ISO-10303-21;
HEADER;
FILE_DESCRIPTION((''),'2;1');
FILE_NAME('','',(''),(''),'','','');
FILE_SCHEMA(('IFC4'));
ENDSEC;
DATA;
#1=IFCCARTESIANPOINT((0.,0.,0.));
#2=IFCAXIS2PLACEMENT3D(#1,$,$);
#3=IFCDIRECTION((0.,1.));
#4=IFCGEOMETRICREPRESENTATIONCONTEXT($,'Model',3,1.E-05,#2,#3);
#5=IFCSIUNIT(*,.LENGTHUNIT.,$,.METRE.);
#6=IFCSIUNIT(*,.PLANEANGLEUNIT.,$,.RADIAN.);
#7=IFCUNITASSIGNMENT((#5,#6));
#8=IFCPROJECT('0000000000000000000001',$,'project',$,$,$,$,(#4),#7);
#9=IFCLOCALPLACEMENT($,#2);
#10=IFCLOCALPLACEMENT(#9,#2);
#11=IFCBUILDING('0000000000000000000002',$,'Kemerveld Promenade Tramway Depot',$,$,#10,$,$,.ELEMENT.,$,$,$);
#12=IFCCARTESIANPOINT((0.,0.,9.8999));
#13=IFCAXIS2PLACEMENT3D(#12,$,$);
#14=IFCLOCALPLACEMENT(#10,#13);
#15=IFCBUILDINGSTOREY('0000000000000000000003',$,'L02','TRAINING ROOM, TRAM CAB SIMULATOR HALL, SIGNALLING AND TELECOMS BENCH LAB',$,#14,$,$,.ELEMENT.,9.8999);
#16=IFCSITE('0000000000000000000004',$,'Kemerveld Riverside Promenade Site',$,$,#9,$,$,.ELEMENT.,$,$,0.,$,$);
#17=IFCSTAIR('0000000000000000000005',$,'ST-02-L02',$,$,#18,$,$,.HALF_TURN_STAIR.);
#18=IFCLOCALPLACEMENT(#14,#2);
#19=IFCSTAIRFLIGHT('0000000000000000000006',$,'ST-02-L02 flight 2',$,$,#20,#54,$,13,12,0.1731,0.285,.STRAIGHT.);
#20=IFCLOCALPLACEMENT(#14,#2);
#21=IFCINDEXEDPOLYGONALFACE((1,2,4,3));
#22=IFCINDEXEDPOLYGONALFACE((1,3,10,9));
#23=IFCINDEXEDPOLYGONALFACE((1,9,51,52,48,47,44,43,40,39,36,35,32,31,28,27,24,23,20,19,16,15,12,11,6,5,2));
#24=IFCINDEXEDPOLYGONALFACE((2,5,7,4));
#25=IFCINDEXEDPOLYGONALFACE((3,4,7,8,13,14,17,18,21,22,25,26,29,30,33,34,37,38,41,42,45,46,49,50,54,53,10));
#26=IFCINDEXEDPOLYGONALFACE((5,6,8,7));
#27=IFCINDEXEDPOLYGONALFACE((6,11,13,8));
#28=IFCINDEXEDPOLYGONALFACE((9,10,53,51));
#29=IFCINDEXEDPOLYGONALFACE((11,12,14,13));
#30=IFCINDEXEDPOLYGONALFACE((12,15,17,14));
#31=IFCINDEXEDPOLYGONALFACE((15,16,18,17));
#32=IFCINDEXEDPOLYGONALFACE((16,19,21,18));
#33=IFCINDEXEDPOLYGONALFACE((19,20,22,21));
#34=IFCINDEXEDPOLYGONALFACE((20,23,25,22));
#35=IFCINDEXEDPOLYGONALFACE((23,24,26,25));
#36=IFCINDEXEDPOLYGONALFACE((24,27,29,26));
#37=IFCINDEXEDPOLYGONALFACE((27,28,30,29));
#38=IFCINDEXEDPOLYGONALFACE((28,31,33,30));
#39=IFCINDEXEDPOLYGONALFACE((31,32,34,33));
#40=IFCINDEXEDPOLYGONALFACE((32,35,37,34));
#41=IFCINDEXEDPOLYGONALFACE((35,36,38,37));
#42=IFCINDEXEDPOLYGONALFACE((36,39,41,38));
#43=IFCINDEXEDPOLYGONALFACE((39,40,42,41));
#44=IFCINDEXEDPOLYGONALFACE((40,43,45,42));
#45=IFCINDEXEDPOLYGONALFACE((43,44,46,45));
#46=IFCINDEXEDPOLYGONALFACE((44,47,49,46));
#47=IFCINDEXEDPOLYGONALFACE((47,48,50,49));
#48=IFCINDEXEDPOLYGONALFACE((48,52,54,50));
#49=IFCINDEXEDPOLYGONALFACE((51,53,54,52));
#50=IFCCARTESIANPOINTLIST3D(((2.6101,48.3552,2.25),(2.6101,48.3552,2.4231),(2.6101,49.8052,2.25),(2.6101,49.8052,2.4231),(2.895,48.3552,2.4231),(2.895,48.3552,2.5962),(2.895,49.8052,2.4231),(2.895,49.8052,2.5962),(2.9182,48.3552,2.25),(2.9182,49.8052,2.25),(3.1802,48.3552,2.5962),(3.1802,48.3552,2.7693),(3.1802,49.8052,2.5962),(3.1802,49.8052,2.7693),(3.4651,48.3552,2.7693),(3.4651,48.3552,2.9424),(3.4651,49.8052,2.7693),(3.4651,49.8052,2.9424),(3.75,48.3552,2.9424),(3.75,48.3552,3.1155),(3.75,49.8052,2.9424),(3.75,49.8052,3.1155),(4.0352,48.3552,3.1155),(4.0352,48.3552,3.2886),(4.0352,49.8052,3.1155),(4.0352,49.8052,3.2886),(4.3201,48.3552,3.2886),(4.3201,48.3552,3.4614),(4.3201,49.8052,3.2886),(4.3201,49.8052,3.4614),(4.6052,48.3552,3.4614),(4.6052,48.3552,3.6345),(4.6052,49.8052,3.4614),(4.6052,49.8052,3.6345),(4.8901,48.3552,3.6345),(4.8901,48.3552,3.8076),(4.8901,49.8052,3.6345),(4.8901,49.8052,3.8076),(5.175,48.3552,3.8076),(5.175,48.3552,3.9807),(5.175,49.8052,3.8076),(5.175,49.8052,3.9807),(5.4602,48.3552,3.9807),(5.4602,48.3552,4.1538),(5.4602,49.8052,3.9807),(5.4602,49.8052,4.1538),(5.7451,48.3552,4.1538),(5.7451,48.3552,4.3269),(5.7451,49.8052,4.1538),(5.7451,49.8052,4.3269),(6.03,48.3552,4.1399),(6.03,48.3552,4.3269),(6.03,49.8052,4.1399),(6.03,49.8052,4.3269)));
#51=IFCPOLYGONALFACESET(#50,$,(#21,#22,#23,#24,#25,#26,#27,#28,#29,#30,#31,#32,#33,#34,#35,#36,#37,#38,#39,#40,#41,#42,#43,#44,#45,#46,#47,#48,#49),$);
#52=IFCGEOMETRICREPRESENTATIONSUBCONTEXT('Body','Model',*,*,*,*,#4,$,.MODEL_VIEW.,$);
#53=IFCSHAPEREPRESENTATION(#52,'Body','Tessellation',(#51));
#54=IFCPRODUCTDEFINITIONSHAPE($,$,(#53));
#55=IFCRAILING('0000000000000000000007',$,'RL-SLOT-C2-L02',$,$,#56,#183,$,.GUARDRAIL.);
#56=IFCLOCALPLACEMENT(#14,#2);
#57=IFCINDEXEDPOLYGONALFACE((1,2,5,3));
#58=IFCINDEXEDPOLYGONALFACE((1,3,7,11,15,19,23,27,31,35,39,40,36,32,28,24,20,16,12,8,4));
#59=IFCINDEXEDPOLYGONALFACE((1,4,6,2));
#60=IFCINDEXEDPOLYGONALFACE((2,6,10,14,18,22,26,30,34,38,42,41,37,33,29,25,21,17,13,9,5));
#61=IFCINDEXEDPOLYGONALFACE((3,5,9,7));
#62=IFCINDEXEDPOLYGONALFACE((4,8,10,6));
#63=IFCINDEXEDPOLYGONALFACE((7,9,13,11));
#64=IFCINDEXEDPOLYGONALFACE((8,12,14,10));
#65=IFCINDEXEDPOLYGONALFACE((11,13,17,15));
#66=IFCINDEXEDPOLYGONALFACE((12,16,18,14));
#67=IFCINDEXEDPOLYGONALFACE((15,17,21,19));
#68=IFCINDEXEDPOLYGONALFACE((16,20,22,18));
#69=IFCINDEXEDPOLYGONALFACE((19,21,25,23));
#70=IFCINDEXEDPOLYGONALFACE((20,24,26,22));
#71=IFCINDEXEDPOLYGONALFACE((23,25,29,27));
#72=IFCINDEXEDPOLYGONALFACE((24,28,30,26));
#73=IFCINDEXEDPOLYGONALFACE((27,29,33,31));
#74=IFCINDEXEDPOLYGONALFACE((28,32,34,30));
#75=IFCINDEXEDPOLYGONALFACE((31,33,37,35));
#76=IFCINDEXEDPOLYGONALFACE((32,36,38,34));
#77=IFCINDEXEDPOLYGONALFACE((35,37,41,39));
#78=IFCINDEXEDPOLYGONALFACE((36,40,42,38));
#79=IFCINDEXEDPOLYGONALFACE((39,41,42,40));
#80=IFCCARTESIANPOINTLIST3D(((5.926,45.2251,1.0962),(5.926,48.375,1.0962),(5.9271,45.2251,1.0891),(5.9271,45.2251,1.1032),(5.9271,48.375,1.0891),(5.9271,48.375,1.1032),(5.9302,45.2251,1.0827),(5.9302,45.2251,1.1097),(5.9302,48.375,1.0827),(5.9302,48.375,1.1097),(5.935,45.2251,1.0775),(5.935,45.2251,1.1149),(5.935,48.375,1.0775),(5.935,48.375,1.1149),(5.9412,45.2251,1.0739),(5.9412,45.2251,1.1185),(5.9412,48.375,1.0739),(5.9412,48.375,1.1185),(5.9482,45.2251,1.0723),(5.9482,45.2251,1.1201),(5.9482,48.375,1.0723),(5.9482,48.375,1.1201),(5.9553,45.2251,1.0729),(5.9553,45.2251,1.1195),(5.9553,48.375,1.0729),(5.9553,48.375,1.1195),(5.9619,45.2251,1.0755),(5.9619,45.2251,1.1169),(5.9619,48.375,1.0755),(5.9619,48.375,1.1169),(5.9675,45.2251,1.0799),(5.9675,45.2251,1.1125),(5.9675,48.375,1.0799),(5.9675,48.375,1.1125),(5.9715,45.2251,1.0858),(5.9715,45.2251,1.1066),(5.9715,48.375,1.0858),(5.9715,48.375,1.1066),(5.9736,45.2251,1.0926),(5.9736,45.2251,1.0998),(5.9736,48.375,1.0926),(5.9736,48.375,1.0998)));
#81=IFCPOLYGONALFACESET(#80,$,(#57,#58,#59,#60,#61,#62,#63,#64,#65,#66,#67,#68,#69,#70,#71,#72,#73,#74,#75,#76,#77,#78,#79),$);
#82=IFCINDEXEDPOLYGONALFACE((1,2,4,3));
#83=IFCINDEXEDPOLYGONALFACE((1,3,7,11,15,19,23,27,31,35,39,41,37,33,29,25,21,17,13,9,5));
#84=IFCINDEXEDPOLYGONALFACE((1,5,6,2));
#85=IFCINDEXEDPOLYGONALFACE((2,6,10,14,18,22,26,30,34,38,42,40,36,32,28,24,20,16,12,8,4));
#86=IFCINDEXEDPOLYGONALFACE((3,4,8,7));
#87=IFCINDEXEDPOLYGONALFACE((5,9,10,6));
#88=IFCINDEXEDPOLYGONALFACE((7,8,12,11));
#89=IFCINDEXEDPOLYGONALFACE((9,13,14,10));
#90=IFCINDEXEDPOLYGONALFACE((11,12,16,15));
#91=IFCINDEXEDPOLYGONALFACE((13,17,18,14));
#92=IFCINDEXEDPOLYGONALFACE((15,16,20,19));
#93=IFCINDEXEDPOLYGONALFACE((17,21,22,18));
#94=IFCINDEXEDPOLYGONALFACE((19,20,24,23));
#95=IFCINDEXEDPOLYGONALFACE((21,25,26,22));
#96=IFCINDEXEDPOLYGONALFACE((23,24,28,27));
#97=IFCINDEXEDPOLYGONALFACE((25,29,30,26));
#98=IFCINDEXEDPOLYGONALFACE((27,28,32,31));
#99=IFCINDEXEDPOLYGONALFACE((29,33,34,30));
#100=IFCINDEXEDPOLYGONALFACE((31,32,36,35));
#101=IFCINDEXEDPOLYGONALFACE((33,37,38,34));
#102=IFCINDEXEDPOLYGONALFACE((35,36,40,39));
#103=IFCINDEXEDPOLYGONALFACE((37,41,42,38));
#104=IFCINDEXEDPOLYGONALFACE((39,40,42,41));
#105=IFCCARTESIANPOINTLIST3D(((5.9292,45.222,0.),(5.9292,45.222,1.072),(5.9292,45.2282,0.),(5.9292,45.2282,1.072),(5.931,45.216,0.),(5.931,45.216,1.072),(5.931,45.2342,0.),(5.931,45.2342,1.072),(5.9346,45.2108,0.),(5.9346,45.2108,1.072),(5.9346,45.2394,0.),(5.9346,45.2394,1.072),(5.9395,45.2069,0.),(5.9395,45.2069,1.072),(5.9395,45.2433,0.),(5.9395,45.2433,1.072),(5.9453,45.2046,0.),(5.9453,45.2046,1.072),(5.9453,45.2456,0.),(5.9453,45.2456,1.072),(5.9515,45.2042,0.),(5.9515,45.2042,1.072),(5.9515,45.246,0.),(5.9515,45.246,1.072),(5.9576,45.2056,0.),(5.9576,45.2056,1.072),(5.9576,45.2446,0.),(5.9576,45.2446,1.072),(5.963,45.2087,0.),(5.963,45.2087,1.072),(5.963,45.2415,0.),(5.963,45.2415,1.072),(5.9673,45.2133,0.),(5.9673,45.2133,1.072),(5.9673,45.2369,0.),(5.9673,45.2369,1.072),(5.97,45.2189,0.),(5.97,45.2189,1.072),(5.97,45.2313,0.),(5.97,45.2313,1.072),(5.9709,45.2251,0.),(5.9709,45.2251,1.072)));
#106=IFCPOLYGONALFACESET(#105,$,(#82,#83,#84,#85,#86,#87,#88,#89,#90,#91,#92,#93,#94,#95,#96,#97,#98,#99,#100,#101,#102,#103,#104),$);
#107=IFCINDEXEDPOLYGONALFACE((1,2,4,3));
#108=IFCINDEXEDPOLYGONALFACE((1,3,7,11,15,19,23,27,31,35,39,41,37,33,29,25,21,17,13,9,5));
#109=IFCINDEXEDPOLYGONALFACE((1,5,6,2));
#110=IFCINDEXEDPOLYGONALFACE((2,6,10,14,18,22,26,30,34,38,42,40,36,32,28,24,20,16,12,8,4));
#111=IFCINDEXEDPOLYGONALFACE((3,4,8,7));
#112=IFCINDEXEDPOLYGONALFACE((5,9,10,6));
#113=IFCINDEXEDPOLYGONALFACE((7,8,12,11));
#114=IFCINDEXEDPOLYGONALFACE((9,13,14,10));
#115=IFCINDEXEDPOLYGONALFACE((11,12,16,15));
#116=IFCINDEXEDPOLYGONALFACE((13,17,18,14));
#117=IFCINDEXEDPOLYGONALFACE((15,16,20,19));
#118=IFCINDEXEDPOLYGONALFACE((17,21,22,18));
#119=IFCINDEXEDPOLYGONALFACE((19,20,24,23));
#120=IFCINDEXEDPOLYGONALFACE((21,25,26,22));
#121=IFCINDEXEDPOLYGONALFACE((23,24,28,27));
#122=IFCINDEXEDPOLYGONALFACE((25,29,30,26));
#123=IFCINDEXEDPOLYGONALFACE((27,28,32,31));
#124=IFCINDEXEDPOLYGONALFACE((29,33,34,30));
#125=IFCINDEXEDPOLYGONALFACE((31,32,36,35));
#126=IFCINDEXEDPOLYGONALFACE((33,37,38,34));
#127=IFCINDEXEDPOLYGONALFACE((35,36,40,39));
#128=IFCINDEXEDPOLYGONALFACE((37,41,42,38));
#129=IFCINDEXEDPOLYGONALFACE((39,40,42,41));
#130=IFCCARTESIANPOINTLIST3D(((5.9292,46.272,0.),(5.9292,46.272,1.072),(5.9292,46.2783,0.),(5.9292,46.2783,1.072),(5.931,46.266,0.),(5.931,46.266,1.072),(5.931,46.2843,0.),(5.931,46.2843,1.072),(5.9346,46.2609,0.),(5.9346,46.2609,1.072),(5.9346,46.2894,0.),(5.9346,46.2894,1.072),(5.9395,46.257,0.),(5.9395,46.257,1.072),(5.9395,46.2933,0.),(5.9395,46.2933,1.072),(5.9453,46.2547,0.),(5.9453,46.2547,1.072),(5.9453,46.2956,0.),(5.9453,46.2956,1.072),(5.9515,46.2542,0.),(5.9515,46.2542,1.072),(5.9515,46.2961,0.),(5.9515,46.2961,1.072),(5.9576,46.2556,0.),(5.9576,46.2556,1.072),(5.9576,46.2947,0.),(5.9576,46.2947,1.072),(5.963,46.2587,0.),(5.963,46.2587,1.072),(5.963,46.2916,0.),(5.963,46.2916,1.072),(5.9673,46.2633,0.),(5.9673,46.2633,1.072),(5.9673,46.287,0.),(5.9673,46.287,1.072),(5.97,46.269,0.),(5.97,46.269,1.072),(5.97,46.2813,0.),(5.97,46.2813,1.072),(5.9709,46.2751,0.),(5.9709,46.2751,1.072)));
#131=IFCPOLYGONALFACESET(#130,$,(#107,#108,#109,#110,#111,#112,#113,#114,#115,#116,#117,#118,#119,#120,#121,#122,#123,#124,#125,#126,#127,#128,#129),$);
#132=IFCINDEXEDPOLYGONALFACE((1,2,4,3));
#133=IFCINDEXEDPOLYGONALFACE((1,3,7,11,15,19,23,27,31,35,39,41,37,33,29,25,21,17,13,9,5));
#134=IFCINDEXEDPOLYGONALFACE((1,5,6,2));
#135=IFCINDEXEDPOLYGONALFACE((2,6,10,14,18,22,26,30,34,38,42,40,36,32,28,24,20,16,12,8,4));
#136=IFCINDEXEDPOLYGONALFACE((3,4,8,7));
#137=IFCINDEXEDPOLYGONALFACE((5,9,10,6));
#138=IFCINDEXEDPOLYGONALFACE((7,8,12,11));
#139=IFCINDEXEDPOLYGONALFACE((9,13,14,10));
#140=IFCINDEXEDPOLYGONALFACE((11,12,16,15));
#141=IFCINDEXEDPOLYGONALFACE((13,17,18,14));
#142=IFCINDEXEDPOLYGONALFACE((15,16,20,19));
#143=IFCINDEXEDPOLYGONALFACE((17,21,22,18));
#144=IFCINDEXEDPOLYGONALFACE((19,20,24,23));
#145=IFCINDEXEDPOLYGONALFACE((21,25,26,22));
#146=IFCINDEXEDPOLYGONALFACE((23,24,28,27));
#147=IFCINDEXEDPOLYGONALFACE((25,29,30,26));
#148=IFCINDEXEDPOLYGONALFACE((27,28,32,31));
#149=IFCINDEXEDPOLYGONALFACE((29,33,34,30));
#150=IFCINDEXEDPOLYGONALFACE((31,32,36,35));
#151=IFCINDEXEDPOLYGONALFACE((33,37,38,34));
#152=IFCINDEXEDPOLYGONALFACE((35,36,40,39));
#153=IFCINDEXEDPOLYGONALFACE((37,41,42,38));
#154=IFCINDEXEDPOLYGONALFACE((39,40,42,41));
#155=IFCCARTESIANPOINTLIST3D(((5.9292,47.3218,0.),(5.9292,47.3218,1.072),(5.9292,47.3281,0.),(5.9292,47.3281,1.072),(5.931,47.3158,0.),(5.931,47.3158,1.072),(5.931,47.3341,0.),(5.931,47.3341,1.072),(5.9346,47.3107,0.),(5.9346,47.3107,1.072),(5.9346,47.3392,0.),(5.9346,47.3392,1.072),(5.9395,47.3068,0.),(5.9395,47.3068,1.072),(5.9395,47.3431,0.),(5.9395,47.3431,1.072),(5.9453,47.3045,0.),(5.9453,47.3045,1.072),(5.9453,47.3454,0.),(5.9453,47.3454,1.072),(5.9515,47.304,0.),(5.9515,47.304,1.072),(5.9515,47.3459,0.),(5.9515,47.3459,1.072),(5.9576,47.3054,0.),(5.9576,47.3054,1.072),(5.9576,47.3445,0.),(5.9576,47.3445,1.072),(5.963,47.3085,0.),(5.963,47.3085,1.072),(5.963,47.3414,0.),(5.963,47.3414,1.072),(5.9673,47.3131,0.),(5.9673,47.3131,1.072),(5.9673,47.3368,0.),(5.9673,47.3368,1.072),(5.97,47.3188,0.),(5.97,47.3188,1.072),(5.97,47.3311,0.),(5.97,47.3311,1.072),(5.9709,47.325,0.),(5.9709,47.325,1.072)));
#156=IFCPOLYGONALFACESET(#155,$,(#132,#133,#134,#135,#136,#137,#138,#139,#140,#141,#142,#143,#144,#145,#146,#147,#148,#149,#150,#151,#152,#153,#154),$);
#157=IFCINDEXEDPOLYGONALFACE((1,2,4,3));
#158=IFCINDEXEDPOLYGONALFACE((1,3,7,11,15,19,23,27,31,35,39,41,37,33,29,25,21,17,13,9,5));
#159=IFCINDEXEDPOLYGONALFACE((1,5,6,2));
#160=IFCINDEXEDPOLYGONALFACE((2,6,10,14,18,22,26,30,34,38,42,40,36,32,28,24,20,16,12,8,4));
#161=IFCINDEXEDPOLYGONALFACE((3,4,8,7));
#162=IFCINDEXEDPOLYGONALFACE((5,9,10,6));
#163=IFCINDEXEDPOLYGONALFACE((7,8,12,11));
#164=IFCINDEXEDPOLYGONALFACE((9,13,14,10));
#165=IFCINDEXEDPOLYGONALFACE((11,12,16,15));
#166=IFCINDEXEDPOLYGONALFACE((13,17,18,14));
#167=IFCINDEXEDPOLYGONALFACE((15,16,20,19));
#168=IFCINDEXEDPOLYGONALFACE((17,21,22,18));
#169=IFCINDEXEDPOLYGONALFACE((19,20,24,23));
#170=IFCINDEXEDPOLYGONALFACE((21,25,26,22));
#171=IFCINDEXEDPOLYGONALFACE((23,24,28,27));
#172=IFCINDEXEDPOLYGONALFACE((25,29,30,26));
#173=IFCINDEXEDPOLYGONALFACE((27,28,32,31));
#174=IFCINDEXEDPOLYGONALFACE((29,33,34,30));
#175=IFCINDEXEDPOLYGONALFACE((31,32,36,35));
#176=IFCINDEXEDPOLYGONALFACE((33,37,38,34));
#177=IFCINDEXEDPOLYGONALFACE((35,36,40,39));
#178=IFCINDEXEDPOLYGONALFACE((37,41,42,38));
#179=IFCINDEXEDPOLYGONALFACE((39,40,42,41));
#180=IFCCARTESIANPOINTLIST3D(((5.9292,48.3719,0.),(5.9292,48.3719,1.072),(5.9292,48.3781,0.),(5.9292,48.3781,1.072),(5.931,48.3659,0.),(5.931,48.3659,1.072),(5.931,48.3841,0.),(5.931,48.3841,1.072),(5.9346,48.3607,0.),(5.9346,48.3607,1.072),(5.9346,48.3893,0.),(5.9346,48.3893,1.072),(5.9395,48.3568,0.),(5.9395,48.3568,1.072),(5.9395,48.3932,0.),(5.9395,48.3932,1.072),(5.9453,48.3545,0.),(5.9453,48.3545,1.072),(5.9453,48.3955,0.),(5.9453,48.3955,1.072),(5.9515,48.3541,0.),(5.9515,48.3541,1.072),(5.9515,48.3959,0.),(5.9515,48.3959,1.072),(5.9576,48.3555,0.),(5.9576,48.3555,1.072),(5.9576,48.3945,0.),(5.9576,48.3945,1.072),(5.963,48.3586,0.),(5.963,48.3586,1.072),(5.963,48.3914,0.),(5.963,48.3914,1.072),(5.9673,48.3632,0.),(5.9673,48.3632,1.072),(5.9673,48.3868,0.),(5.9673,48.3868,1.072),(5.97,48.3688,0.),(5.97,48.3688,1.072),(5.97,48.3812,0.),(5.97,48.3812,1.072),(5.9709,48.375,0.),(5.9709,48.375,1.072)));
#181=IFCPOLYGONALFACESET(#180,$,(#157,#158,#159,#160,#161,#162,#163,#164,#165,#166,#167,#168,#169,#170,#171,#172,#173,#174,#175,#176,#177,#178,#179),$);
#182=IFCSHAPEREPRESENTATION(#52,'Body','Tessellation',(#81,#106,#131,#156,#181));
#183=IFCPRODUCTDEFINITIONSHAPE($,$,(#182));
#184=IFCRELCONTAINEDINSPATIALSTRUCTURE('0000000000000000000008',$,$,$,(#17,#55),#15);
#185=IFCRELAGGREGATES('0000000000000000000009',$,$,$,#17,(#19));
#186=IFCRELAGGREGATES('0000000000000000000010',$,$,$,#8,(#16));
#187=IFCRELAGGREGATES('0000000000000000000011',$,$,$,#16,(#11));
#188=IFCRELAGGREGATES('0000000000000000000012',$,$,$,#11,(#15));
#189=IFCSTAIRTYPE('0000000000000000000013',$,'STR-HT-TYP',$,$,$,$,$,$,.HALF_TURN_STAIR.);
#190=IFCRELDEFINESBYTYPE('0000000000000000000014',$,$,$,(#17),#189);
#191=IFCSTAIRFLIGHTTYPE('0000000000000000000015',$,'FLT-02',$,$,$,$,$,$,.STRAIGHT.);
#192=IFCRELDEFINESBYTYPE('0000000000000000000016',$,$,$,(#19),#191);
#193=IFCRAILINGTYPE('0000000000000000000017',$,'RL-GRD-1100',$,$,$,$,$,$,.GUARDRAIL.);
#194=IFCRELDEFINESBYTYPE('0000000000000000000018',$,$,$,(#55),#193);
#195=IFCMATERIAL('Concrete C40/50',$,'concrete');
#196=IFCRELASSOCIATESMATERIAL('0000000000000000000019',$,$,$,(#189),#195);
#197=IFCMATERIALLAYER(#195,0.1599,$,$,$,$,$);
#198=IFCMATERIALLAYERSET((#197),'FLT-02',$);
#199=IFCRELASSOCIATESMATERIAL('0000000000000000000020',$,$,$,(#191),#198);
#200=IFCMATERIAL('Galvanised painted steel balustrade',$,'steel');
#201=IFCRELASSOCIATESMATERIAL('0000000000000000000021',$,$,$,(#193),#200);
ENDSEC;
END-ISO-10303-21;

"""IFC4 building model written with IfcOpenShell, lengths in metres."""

from ifc_helpers import new_model, si_unit, direction, frame, origin, origin_2d, place, context, subcontext, project, spatial, polyline, circle, outline, extrude, material, layer, layer_set, type_object, element, aggregate, save


model = new_model("IFC4")

# Units and contexts
model_context = context("Model", 3, precision=1e-05, world=origin(), true_north=direction((0.0, 1.0)))
body_context = subcontext(model_context, "Body", "Model", "MODEL_VIEW")
ifc_project = project(units=[si_unit("LENGTHUNIT", "METRE"), si_unit("PLANEANGLEUNIT", "RADIAN")], contexts=[model_context])

# Site, building, storey
site_placement = place(None, origin())
site = spatial("IfcSite", under=ifc_project, at=site_placement, Name="Kemerveld Riverside Promenade Site", CompositionType="ELEMENT", RefElevation=0.0)
building_placement = place(site_placement, origin())
building = spatial("IfcBuilding", under=site, at=building_placement, Name="Kemerveld Promenade Tramway Depot", CompositionType="ELEMENT")
storey_placement = place(building_placement, frame((0.0, 0.0, 9.8999)))
storey = spatial("IfcBuildingStorey", under=building, at=storey_placement, Name="L02", Description="TRAINING ROOM, TRAM CAB SIMULATOR HALL, SIGNALLING AND TELECOMS BENCH LAB", CompositionType="ELEMENT", Elevation=9.8999)

# Shared definitions
ifc_material_1 = material(Name="Concrete C40/50", Category="concrete")

# Stair, stair flight
stair_type = type_object("IfcStairType", Name="STR-HT-TYP", PredefinedType="HALF_TURN_STAIR", material=ifc_material_1)
stair_placement = place(storey_placement, origin())
stair = element("IfcStair", 1, at=stair_placement, inside=storey, type_object=stair_type, Name="ST-02-L02", PredefinedType="HALF_TURN_STAIR")
ifc_layer_1 = layer(ifc_material_1, 0.1599)
ifc_layer_set_1 = layer_set([ifc_layer_1], Name="FLT-02")
stair_flight_type = type_object("IfcStairFlightType", Name="FLT-02", PredefinedType="STRAIGHT", material=ifc_layer_set_1)
stair_flight_1_placement = place(storey_placement, frame((2.6101, 49.0801, 2.25), z_axis=(0.0, 0.0, 1.0), x_axis=(1.0, 0.0, 0.0)))
stair_flight_1 = element("IfcStairFlight", 2, at=stair_flight_1_placement, type_object=stair_flight_type, Name="ST-02-L02 flight 2", NumberOfRisers=13, NumberOfTreads=12, PredefinedType="STRAIGHT", RiserHeight=0.1731, TreadLength=0.285, context=body_context, shape_type="SweptSolid", body=[
    extrude(outline(polyline([(0.0, 0.0), (0.0, 0.1731), (0.2849, 0.1731), (0.2849, 0.3462), (0.5701, 0.3462), (0.5701, 0.5193), (0.855, 0.5193), (0.855, 0.6924), (1.1399, 0.6924), (1.1399, 0.8655), (1.425, 0.8655), (1.425, 1.0386), (1.71, 1.0386), (1.71, 1.2114), (1.9951, 1.2114), (1.9951, 1.3845), (2.28, 1.3845), (2.28, 1.5576), (2.5649, 1.5576), (2.5649, 1.7307), (2.8501, 1.7307), (2.8501, 1.9038), (3.135, 1.9038), (3.135, 2.0769), (3.4199, 2.0769), (3.4199, 2.25), (3.4199, 1.8899), (0.3081, 0.0), (0.0, 0.0)])), frame((0.0, 0.7251, 0.0), z_axis=(0.0, -1.0, 0.0), x_axis=(1.0, 0.0, 0.0)), (0.0, 0.0, 1.0), 1.45),
])
aggregate(stair, [stair_flight_1])

# Railing
ifc_material_2 = material(Name="Galvanised painted steel balustrade", Category="steel")
railing_type_1 = type_object("IfcRailingType", Name="RL-GRD-1100", PredefinedType="GUARDRAIL", material=ifc_material_2)
railing_1_placement = place(storey_placement, frame((5.95, 45.2251, 0.0)))
element("IfcRailing", 3, at=railing_1_placement, inside=storey, type_object=railing_type_1, Name="RL-SLOT-C2-L02", PredefinedType="GUARDRAIL", context=body_context, shape_type="SweptSolid", body=[
    extrude(circle(Radius=0.0239, at=origin_2d()), frame((0.0, 0.0, 1.0962), z_axis=(0.0, 1.0, 0.0), x_axis=(-1.0, 0.0, 0.0)), (0.0, 0.0, 1.0), 3.1499),
    extrude(circle(Radius=0.021, at=origin_2d()), origin(), (0.0, 0.0, 1.0), 1.072),
    extrude(circle(Radius=0.021, at=origin_2d()), frame((0.0, 1.05, 0.0)), (0.0, 0.0, 1.0), 1.072),
    extrude(circle(Radius=0.021, at=origin_2d()), frame((0.0, 2.0999, 0.0)), (0.0, 0.0, 1.0), 1.072),
    extrude(circle(Radius=0.021, at=origin_2d()), frame((0.0, 3.1499, 0.0)), (0.0, 0.0, 1.0), 1.072),
])

save(model, "model.ifc")
